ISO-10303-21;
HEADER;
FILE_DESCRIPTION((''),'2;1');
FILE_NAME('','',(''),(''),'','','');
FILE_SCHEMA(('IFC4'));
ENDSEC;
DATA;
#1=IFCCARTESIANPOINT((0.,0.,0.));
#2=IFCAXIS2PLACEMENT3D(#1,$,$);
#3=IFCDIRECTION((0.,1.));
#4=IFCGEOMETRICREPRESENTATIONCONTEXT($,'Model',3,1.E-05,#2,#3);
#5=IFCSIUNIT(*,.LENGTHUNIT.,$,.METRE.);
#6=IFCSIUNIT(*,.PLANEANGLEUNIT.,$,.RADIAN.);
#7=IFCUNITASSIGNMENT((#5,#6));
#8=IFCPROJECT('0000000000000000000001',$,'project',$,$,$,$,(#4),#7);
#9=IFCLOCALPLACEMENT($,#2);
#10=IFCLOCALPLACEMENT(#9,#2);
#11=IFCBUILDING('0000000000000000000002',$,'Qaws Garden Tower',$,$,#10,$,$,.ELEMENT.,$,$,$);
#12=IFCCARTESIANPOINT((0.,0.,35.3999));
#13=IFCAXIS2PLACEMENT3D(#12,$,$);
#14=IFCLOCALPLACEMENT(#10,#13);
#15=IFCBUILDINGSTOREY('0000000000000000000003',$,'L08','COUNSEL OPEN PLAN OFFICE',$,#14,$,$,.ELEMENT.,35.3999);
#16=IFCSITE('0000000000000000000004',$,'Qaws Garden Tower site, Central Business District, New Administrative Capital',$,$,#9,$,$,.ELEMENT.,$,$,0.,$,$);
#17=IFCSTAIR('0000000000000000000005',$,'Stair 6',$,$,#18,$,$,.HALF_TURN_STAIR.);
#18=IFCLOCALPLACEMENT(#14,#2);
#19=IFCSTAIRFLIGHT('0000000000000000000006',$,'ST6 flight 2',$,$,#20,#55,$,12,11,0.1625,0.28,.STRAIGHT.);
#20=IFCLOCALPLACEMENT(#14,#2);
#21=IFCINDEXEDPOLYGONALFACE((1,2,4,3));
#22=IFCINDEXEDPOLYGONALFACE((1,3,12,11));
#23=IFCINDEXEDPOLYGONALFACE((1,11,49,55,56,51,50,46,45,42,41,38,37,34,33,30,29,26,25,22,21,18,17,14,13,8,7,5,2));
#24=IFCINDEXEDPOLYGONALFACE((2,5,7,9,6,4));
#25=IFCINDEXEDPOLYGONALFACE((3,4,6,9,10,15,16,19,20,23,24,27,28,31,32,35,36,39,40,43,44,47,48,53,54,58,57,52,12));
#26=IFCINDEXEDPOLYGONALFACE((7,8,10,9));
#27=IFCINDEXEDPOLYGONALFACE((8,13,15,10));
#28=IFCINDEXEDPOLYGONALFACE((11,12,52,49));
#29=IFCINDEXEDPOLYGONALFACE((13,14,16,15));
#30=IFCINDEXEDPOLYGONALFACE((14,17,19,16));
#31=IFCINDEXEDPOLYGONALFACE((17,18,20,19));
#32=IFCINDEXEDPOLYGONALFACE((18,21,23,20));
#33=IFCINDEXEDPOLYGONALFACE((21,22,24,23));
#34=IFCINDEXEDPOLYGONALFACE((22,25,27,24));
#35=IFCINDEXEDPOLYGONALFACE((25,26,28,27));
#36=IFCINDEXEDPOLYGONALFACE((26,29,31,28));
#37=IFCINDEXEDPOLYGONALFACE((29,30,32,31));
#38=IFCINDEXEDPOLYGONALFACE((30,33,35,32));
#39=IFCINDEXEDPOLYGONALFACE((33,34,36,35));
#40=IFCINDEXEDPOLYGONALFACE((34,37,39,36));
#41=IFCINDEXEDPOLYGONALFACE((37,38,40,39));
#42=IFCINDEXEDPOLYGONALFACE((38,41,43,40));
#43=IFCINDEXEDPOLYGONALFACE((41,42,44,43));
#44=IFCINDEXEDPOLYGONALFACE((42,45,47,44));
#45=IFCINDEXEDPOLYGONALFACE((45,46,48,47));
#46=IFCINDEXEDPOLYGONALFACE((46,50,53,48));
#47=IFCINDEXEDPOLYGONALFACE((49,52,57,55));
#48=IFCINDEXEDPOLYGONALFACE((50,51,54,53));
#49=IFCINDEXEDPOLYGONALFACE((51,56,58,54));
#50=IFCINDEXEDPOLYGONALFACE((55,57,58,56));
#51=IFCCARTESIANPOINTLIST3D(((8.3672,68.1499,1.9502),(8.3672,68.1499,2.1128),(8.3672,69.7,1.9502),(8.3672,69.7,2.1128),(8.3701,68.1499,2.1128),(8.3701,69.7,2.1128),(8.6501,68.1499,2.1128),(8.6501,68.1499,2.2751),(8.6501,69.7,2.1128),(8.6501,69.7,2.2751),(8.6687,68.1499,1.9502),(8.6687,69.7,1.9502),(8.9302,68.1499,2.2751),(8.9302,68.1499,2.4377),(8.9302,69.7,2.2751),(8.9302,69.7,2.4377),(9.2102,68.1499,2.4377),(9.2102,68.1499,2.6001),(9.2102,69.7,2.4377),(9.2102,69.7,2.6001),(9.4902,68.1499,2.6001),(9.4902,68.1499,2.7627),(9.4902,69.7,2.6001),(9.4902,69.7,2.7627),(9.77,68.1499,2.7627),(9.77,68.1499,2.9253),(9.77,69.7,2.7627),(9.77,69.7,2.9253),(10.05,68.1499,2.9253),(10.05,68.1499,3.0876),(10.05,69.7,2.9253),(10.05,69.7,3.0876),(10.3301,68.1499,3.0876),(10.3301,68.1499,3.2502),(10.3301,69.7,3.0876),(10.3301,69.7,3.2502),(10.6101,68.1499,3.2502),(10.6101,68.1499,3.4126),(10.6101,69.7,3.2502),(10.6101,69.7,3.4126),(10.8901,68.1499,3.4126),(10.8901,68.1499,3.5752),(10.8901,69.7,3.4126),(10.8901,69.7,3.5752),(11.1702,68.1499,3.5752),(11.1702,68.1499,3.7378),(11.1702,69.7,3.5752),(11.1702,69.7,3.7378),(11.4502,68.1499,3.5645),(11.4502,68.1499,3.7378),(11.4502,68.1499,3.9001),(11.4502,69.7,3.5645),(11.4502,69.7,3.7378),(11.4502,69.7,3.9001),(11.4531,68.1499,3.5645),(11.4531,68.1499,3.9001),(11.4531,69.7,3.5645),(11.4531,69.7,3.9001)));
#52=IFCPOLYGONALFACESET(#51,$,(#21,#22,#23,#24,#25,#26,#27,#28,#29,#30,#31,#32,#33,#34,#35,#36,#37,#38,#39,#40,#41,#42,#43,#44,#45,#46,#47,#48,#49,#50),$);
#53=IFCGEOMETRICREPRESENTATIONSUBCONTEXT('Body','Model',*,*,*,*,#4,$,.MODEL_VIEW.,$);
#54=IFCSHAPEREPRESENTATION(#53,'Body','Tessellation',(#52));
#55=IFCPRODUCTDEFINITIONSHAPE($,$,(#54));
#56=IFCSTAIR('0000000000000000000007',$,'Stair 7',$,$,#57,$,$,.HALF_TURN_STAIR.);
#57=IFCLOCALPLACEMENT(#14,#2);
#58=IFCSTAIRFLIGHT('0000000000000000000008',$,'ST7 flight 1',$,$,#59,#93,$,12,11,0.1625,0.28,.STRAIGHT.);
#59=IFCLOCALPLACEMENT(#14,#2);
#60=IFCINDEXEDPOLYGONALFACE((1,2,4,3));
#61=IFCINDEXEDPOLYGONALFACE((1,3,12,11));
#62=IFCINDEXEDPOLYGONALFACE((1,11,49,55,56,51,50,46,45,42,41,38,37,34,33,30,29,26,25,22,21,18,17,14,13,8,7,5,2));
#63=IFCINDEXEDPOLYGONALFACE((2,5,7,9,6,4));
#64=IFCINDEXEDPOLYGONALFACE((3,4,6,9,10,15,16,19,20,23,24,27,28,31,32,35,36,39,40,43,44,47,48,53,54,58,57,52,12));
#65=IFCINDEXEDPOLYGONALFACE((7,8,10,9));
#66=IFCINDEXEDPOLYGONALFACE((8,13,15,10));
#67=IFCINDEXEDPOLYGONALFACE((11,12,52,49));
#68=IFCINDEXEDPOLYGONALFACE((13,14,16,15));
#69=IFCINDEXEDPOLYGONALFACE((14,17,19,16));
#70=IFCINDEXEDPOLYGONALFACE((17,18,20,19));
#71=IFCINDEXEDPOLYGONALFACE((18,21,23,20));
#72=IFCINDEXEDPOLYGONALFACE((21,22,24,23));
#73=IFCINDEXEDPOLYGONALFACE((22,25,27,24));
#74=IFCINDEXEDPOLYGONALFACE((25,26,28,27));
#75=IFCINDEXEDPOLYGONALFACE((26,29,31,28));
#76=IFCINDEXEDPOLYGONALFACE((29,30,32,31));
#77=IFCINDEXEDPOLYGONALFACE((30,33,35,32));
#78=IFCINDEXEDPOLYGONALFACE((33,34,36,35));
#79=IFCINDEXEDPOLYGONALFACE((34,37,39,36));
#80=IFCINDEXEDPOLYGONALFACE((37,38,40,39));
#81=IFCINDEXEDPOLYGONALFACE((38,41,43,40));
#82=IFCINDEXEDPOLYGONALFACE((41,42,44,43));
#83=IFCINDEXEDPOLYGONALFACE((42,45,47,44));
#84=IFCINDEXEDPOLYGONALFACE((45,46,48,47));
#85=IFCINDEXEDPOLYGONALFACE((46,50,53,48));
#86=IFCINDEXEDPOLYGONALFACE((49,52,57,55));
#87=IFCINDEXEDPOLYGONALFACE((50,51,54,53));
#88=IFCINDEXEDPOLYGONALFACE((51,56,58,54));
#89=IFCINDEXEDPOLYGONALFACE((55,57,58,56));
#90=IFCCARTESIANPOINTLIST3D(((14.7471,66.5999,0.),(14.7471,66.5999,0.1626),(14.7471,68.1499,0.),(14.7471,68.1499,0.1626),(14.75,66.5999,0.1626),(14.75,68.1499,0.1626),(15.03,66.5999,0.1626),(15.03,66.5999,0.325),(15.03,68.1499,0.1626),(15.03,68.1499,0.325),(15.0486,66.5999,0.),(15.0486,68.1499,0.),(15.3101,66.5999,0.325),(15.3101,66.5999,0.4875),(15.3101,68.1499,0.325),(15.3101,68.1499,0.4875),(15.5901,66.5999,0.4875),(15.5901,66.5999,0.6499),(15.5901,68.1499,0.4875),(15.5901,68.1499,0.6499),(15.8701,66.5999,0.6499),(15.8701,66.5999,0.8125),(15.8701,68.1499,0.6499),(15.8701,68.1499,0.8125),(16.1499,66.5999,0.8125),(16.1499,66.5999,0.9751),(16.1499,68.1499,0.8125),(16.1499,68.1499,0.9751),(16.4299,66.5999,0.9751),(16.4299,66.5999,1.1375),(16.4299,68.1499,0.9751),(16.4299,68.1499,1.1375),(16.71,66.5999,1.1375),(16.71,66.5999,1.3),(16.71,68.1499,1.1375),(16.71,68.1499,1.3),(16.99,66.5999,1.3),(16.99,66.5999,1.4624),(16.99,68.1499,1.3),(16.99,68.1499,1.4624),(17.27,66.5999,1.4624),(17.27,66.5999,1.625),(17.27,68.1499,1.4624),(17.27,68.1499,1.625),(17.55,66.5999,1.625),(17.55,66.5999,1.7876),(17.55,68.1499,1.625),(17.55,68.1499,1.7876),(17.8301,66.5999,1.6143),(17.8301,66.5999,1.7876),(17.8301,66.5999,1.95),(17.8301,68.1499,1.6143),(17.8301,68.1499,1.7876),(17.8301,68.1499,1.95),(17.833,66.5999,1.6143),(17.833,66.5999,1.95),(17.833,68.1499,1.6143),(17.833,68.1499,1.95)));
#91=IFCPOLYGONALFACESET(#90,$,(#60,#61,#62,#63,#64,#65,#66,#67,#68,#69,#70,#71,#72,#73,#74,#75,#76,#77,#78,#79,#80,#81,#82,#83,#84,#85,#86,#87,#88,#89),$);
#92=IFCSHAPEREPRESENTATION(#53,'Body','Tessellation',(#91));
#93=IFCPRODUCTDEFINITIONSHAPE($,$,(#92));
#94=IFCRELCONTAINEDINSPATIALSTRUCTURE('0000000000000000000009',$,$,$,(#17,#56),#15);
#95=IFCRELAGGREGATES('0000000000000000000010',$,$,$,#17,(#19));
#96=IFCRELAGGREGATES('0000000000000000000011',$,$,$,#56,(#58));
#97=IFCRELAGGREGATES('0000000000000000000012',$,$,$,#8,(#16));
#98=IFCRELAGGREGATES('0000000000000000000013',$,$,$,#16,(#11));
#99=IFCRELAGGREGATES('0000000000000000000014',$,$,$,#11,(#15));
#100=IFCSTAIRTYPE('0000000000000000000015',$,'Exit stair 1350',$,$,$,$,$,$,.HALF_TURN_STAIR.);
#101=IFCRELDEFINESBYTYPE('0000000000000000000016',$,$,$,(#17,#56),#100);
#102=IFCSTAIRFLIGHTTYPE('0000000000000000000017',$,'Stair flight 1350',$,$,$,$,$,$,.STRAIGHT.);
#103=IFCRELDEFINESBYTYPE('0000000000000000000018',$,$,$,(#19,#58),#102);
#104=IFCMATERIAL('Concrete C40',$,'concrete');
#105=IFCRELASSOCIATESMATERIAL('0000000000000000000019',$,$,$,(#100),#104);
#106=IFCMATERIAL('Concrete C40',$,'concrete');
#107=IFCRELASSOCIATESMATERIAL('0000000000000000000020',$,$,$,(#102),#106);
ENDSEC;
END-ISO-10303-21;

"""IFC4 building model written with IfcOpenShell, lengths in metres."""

from ifc_helpers import new_model, si_unit, direction, frame, origin, place, context, subcontext, project, spatial, polyline, outline, extrude, material, type_object, element, aggregate, save


model = new_model("IFC4")

# Units and contexts
model_context = context("Model", 3, precision=1e-05, world=origin(), true_north=direction((0.0, 1.0)))
body_context = subcontext(model_context, "Body", "Model", "MODEL_VIEW")
ifc_project = project(units=[si_unit("LENGTHUNIT", "METRE"), si_unit("PLANEANGLEUNIT", "RADIAN")], contexts=[model_context])

# Site, building, storey
site_placement = place(None, origin())
site = spatial("IfcSite", under=ifc_project, at=site_placement, Name="Qaws Garden Tower site, Central Business District, New Administrative Capital", CompositionType="ELEMENT", RefElevation=0.0)
building_placement = place(site_placement, origin())
building = spatial("IfcBuilding", under=site, at=building_placement, Name="Qaws Garden Tower", CompositionType="ELEMENT")
storey_placement = place(building_placement, frame((0.0, 0.0, 35.3999)))
storey = spatial("IfcBuildingStorey", under=building, at=storey_placement, Name="L08", Description="COUNSEL OPEN PLAN OFFICE", CompositionType="ELEMENT", Elevation=35.3999)

# Stair, stair flight
ifc_material_1 = material(Name="Concrete C40", Category="concrete")
stair_type = type_object("IfcStairType", Name="Exit stair 1350", PredefinedType="HALF_TURN_STAIR", material=ifc_material_1)
placement = place(storey_placement, origin())
stair_1 = element("IfcStair", 1, at=placement, inside=storey, type_object=stair_type, Name="Stair 6", PredefinedType="HALF_TURN_STAIR")
ifc_material_2 = material(Name="Concrete C40", Category="concrete")
stair_flight_type = type_object("IfcStairFlightType", Name="Stair flight 1350", PredefinedType="STRAIGHT", material=ifc_material_2)
stair_flight_1_placement = place(storey_placement, frame((8.3701, 68.925, 1.9502), z_axis=(0.0, 0.0, 1.0), x_axis=(1.0, 0.0, 0.0)))
stair_flight_1 = element("IfcStairFlight", 2, at=stair_flight_1_placement, type_object=stair_flight_type, Name="ST6 flight 2", NumberOfRisers=12, NumberOfTreads=11, PredefinedType="STRAIGHT", RiserHeight=0.1625, TreadLength=0.28, context=body_context, shape_type="SweptSolid", body=[
    extrude(outline(polyline([(-0.0029, 0.0), (-0.0029, 0.1626), (0.0, 0.1626), (0.28, 0.1626), (0.28, 0.325), (0.5601, 0.325), (0.5601, 0.4875), (0.8401, 0.4875), (0.8401, 0.6499), (1.1201, 0.6499), (1.1201, 0.8125), (1.3999, 0.8125), (1.3999, 0.9751), (1.6799, 0.9751), (1.6799, 1.1375), (1.96, 1.1375), (1.96, 1.3), (2.24, 1.3), (2.24, 1.4624), (2.52, 1.4624), (2.52, 1.625), (2.8, 1.625), (2.8, 1.7876), (3.0801, 1.7876), (3.0801, 1.95), (3.083, 1.95), (3.083, 1.6143), (3.0801, 1.6143), (0.2986, 0.0), (-0.0029, 0.0)])), frame((0.0, 0.7749, 0.0), z_axis=(0.0, -1.0, 0.0), x_axis=(1.0, 0.0, 0.0)), (0.0, 0.0, 1.0), 1.55),
])
aggregate(stair_1, [stair_flight_1])

# Stair, stair flight
stair_2 = element("IfcStair", 3, at=placement, inside=storey, type_object=stair_type, Name="Stair 7", PredefinedType="HALF_TURN_STAIR")
stair_flight_2_placement = place(storey_placement, frame((14.75, 67.375, 0.0), z_axis=(0.0, 0.0, 1.0), x_axis=(1.0, 0.0, 0.0)))
stair_flight_2 = element("IfcStairFlight", 4, at=stair_flight_2_placement, type_object=stair_flight_type, Name="ST7 flight 1", NumberOfRisers=12, NumberOfTreads=11, PredefinedType="STRAIGHT", RiserHeight=0.1625, TreadLength=0.28, context=body_context, shape_type="SweptSolid", body=[
    extrude(outline(polyline([(-0.0029, 0.0), (-0.0029, 0.1626), (0.0, 0.1626), (0.28, 0.1626), (0.28, 0.325), (0.5601, 0.325), (0.5601, 0.4875), (0.8401, 0.4875), (0.8401, 0.6499), (1.1201, 0.6499), (1.1201, 0.8125), (1.3999, 0.8125), (1.3999, 0.9751), (1.6799, 0.9751), (1.6799, 1.1375), (1.96, 1.1375), (1.96, 1.3), (2.24, 1.3), (2.24, 1.4624), (2.52, 1.4624), (2.52, 1.625), (2.8, 1.625), (2.8, 1.7876), (3.0801, 1.7876), (3.0801, 1.95), (3.083, 1.95), (3.083, 1.6143), (3.0801, 1.6143), (0.2986, 0.0), (-0.0029, 0.0)])), frame((0.0, 0.7749, 0.0), z_axis=(0.0, -1.0, 0.0), x_axis=(1.0, 0.0, 0.0)), (0.0, 0.0, 1.0), 1.55),
])
aggregate(stair_2, [stair_flight_2])

save(model, "model.ifc")
